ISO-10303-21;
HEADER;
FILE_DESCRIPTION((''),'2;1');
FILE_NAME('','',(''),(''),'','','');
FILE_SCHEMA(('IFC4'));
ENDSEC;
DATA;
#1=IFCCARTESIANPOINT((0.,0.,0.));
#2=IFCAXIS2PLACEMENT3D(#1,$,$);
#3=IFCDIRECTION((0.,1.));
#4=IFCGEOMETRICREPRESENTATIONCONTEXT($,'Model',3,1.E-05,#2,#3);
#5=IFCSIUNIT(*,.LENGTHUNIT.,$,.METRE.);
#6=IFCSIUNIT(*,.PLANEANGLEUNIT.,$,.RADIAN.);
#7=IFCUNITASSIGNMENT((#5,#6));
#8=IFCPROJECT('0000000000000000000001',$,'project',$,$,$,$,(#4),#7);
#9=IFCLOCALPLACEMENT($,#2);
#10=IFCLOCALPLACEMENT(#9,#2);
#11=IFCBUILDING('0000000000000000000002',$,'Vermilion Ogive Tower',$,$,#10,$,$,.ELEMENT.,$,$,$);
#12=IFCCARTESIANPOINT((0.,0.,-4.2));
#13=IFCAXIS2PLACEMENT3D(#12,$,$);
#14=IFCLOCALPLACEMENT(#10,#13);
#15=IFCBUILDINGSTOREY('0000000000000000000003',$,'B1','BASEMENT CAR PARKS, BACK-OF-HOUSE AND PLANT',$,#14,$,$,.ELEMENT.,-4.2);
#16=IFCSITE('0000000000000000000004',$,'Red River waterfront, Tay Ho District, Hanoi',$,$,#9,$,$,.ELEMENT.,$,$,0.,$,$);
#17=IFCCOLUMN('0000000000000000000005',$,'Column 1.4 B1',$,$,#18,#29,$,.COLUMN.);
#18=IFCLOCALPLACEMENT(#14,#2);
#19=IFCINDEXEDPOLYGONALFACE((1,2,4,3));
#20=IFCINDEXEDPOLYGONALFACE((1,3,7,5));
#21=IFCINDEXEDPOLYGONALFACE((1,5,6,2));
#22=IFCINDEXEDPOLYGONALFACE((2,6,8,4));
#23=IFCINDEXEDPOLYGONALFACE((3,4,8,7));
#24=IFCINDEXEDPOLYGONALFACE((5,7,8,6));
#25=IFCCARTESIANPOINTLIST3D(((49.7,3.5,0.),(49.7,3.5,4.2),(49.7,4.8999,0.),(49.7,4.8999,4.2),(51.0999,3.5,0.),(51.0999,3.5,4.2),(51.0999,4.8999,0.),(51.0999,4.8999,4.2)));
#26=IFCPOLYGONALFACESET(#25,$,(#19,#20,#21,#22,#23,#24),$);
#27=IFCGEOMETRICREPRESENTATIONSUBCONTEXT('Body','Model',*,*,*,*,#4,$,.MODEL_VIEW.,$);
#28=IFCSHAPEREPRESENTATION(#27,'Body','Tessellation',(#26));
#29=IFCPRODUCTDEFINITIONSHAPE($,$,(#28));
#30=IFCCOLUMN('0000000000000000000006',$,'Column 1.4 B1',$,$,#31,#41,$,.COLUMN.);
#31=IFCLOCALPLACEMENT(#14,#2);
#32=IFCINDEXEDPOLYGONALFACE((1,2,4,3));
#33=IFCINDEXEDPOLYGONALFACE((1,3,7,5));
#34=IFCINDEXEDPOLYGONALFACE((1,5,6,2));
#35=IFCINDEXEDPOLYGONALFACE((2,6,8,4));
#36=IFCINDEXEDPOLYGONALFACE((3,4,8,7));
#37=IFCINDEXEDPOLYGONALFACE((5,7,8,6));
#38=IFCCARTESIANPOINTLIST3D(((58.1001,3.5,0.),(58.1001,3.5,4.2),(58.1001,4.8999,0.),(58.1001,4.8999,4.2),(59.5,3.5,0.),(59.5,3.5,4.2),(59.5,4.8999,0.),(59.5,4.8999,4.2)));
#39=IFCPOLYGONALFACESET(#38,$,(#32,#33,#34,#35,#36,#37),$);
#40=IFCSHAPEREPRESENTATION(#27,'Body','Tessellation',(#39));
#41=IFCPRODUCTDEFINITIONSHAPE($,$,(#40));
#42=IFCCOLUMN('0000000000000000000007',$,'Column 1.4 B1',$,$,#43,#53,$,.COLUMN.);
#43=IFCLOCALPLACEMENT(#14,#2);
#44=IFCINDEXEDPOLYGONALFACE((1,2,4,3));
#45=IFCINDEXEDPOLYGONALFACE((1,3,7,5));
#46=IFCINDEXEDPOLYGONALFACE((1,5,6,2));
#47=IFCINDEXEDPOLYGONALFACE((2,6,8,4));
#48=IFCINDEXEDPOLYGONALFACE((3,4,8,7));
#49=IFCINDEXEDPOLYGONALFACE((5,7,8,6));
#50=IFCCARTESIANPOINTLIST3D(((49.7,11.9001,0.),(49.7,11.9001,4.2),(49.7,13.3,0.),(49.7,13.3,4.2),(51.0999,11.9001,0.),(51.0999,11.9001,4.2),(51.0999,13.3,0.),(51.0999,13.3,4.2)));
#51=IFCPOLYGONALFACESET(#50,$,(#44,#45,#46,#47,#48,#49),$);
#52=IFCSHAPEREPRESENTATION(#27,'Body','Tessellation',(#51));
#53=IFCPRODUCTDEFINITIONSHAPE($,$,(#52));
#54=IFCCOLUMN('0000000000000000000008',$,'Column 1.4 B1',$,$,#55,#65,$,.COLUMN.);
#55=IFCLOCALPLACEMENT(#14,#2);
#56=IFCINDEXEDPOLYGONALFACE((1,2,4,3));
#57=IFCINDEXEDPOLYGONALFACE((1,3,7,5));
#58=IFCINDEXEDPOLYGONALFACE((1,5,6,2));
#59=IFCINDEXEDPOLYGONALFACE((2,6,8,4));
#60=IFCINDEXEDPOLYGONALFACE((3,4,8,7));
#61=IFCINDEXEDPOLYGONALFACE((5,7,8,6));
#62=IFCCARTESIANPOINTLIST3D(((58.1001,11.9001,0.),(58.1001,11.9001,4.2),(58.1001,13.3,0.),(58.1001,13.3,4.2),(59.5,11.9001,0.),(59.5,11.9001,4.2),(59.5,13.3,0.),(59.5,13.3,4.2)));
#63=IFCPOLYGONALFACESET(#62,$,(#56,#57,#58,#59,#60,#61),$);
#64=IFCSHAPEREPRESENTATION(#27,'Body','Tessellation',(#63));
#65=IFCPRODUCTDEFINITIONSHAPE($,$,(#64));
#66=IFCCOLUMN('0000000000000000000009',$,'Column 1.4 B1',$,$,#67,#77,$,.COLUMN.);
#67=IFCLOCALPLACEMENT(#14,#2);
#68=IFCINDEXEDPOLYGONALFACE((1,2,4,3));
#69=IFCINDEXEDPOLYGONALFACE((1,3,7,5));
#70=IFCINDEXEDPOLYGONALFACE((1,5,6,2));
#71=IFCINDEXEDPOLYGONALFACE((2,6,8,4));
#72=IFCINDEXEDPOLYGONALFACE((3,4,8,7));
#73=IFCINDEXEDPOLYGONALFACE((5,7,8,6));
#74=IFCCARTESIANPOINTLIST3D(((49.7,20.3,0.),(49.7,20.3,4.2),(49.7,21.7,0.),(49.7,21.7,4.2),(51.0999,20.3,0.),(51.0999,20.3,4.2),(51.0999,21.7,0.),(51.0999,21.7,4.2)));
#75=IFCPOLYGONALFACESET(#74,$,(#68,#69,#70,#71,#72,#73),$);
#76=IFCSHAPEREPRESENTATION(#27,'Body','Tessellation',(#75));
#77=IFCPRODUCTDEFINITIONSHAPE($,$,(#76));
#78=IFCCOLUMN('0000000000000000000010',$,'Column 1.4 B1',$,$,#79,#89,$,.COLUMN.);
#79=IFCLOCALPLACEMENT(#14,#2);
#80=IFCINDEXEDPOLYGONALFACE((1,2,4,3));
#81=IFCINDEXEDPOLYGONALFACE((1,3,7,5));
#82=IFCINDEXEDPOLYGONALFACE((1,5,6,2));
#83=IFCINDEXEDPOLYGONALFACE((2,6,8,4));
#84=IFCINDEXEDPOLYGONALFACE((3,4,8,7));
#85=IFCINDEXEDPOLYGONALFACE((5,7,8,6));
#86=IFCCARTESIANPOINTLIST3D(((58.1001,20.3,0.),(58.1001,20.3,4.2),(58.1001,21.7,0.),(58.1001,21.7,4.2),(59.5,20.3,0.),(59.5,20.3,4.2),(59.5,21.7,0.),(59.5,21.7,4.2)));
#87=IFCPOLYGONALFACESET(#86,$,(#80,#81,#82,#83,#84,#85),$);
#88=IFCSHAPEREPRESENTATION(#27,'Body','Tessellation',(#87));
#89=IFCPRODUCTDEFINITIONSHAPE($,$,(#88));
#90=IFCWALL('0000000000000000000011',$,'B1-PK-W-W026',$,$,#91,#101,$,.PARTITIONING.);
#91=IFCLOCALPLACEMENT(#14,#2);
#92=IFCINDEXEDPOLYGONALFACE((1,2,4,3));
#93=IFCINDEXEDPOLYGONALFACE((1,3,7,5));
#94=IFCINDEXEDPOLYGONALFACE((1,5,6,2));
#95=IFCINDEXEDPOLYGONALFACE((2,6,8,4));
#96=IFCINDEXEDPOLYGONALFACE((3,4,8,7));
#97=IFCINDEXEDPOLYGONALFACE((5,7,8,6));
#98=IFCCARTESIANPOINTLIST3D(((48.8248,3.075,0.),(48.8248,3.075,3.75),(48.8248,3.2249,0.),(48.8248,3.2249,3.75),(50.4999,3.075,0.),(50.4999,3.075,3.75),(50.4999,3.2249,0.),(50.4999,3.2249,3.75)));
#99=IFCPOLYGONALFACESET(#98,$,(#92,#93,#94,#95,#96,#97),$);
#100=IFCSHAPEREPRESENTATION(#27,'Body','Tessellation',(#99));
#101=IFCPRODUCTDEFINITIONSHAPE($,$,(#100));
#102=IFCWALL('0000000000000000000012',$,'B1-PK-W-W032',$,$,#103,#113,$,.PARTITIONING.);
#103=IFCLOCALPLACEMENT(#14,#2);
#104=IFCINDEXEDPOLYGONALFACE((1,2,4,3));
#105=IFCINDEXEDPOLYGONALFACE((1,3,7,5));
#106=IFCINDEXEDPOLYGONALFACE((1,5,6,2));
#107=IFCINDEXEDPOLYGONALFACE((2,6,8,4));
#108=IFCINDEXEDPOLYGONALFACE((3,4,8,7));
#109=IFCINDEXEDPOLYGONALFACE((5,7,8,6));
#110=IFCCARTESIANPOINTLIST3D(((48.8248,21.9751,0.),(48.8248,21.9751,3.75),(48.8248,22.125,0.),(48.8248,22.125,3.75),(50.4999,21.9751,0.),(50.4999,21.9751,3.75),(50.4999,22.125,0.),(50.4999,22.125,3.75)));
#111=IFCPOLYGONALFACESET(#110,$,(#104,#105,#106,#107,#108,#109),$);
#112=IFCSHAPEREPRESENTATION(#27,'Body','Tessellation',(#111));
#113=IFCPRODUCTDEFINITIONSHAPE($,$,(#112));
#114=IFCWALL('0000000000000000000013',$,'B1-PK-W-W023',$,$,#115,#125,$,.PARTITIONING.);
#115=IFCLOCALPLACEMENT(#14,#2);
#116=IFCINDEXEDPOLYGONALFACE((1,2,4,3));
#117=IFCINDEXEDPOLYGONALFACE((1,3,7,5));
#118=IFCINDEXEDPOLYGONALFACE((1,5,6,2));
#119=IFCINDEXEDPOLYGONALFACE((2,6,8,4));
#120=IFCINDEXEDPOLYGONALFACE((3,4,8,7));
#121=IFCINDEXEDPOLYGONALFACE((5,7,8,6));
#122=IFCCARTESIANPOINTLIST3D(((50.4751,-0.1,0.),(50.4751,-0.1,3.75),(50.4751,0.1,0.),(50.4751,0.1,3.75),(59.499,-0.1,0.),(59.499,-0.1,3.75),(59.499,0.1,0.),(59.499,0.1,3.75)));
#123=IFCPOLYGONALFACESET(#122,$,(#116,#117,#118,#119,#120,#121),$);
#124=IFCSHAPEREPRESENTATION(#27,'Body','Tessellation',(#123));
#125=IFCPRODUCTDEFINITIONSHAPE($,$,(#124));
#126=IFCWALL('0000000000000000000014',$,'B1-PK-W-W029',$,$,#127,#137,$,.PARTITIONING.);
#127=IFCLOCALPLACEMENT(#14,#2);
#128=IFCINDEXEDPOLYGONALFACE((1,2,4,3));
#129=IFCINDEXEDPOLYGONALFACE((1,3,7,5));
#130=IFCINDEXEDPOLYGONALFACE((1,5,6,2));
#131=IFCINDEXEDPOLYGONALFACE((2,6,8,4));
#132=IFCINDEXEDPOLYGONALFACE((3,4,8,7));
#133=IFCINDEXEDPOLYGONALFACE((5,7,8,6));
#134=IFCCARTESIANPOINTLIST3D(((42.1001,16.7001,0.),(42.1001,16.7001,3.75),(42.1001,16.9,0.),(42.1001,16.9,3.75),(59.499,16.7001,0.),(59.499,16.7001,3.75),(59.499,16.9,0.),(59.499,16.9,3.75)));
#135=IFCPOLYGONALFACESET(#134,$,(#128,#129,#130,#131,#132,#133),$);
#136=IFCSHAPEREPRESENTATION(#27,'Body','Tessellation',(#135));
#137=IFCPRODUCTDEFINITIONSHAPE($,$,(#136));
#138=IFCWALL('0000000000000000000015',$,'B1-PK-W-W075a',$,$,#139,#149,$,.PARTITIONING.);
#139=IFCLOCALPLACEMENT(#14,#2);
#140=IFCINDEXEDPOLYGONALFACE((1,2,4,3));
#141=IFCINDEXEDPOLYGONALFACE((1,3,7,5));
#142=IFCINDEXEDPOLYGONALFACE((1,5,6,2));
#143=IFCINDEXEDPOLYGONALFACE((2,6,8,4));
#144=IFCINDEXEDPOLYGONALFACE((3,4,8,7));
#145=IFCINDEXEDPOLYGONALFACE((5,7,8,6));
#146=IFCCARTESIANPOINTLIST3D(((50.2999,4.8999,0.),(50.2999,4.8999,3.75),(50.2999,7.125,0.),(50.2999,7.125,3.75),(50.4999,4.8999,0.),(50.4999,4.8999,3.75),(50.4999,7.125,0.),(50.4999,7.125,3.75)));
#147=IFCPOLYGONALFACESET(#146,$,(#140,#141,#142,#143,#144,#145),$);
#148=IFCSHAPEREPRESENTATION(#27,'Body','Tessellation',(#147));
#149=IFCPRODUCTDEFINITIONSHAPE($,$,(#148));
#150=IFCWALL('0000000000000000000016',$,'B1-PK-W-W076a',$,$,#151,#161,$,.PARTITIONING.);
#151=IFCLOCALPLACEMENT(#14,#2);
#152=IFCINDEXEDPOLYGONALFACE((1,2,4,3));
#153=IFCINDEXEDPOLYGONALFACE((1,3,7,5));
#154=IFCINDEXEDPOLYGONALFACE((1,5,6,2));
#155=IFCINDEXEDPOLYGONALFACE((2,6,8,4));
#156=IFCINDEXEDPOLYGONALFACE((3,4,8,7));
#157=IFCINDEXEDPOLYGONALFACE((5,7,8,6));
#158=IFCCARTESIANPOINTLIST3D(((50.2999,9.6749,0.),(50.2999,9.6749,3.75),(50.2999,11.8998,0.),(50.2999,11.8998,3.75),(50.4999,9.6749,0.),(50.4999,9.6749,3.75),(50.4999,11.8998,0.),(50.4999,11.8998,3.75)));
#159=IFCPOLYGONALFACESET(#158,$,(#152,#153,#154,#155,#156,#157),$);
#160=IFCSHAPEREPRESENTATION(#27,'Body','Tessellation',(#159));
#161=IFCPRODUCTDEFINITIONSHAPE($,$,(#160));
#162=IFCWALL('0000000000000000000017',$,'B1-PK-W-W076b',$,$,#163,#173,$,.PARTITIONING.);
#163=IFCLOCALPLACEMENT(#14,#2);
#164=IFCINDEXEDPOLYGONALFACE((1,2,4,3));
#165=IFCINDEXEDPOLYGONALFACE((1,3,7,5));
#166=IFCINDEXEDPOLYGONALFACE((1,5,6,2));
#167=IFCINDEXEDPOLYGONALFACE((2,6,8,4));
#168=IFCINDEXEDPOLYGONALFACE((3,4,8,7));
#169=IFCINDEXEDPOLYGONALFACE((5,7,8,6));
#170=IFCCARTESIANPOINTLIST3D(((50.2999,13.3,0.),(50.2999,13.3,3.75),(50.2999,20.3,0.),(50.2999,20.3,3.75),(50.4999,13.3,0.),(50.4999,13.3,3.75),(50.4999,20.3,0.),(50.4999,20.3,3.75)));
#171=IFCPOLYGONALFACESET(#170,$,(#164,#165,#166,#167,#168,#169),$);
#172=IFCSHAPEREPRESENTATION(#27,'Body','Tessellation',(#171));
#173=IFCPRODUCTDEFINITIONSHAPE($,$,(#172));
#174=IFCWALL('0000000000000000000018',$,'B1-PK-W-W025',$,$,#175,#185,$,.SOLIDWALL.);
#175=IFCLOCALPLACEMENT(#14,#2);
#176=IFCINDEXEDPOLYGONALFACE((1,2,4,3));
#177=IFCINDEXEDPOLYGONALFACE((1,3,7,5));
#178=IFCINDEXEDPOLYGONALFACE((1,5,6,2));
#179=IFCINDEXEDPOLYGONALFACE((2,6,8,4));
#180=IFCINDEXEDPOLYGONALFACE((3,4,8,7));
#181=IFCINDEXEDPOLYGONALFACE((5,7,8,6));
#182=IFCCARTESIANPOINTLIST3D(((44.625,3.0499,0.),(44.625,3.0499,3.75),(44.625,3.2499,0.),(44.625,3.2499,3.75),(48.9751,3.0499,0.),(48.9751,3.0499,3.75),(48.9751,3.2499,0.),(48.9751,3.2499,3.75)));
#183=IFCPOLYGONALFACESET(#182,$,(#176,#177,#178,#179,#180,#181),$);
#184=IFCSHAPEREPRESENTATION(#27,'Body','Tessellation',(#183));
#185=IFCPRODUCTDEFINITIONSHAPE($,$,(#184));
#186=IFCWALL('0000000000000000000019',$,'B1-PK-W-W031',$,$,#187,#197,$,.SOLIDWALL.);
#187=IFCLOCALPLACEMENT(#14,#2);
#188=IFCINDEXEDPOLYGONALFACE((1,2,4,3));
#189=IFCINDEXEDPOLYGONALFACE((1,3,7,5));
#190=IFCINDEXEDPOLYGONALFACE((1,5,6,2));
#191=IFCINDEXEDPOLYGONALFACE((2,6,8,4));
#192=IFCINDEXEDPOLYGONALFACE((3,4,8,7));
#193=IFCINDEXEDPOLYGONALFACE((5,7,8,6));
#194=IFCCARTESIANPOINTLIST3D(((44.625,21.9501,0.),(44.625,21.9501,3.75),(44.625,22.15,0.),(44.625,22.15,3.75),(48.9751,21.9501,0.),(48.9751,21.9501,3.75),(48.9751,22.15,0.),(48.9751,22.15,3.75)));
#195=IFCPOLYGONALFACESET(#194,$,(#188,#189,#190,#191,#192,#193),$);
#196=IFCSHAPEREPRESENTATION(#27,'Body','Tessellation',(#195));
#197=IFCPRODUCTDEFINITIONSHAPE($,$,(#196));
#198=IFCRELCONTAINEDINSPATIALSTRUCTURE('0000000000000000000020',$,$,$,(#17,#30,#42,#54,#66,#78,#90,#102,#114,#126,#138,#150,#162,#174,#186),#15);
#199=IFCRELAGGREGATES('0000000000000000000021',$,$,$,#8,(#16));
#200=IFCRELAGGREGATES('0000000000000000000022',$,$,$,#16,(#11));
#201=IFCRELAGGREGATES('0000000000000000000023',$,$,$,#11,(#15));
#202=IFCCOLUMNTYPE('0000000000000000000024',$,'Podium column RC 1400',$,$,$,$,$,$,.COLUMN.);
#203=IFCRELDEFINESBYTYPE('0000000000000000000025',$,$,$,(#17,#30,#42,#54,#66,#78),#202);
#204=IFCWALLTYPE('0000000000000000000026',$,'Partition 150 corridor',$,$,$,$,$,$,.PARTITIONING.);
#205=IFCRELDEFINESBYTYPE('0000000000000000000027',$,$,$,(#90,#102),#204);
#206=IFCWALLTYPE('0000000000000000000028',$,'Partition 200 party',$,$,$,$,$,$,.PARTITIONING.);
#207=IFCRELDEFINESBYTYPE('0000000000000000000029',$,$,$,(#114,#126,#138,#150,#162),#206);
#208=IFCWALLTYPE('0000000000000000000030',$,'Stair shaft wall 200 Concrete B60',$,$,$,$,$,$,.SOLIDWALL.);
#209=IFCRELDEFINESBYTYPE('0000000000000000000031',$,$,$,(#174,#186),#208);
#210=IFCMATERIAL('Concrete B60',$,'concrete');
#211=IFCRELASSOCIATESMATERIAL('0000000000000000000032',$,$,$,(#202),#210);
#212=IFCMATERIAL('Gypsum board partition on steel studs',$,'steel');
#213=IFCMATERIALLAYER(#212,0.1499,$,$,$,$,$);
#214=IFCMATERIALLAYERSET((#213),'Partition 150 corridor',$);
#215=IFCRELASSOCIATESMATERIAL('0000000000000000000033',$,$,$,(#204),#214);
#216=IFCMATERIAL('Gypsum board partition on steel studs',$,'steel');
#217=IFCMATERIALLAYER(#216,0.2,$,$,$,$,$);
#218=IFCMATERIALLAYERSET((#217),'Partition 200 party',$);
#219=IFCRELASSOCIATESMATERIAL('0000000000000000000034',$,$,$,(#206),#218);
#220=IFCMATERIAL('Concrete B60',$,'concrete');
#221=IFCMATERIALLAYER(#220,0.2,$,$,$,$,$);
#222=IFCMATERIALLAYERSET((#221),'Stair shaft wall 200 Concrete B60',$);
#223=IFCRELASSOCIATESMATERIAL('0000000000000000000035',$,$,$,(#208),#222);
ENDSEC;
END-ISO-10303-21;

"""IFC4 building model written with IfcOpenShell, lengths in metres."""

from ifc_helpers import new_model, si_unit, direction, frame, frame_2d, origin, origin_2d, place, context, subcontext, project, spatial, rectangle, extrude, material, layer, layer_set, material_profile, profile_set, type_object, element, save


model = new_model("IFC4")

# Units and contexts
model_context = context("Model", 3, precision=1e-05, world=origin(), true_north=direction((0.0, 1.0)))
body_context = subcontext(model_context, "Body", "Model", "MODEL_VIEW")
ifc_project = project(units=[si_unit("LENGTHUNIT", "METRE"), si_unit("PLANEANGLEUNIT", "RADIAN")], contexts=[model_context])

# Site, building, storey
site_placement = place(None, origin())
site = spatial("IfcSite", under=ifc_project, at=site_placement, Name="Red River waterfront, Tay Ho District, Hanoi", CompositionType="ELEMENT", RefElevation=0.0)
building_placement = place(site_placement, origin())
building = spatial("IfcBuilding", under=site, at=building_placement, Name="Vermilion Ogive Tower", CompositionType="ELEMENT")
storey_placement = place(building_placement, frame((0.0, 0.0, -4.2)))
storey = spatial("IfcBuildingStorey", under=building, at=storey_placement, Name="B1", Description="BASEMENT CAR PARKS, BACK-OF-HOUSE AND PLANT", CompositionType="ELEMENT", Elevation=-4.2)

# Columns
ifc_material_1 = material(Name="Concrete B60", Category="concrete")
ifc_material_profile = material_profile(ifc_material_1, rectangle(XDim=1.3999, YDim=1.3999, at=origin_2d()), Name="RC 1400x1400")
ifc_profile_set = profile_set([ifc_material_profile], Name="Concrete B60")
column_type = type_object("IfcColumnType", Name="Podium column RC 1400", PredefinedType="COLUMN", material=ifc_profile_set)
for number, where, z_axis, x_axis, name in (
    (1, (50.3999, 4.2, 0.0), (0.0, 0.0, 1.0), (1.0, 0.0, 0.0), "Column 1.4 B1"),
    (2, (58.8, 4.2, 0.0), (0.0, 0.0, 1.0), (1.0, 0.0, 0.0), "Column 1.4 B1"),
    (3, (50.3999, 12.6001, 0.0), (0.0, 0.0, 1.0), (1.0, 0.0, 0.0), "Column 1.4 B1"),
    (4, (58.8, 12.6001, 0.0), (0.0, 0.0, 1.0), (1.0, 0.0, 0.0), "Column 1.4 B1"),
    (5, (50.3999, 21.0, 0.0), (0.0, 0.0, 1.0), (1.0, 0.0, 0.0), "Column 1.4 B1"),
    (6, (58.8, 21.0, 0.0), (0.0, 0.0, 1.0), (1.0, 0.0, 0.0), "Column 1.4 B1"),
):
    element("IfcColumn", number, at=place(storey_placement, frame(where, z_axis=z_axis, x_axis=x_axis)), inside=storey, type_object=column_type, Name=name, PredefinedType="COLUMN", context=body_context, shape_type="SweptSolid", body=[
        extrude(rectangle(XDim=1.3999, YDim=1.3999, at=origin_2d()), origin(), (0.0, 0.0, 1.0), 4.2),
    ])

# Walls
ifc_material_2 = material(Name="Gypsum board partition on steel studs", Category="steel")
ifc_layer_1 = layer(ifc_material_2, 0.1499)
ifc_layer_set_1 = layer_set([ifc_layer_1], Name="Partition 150 corridor")
wall_type_1 = type_object("IfcWallType", Name="Partition 150 corridor", PredefinedType="PARTITIONING", material=ifc_layer_set_1)
for number, where, z_axis, x_axis, name in (
    (7, (48.825, 3.1499, 0.0), (0.0, 0.0, 1.0), (1.0, 0.0, 0.0), "B1-PK-W-W026"),
    (8, (48.825, 22.05, 0.0), (0.0, 0.0, 1.0), (1.0, 0.0, 0.0), "B1-PK-W-W032"),
):
    element("IfcWall", number, at=place(storey_placement, frame(where, z_axis=z_axis, x_axis=x_axis)), inside=storey, type_object=wall_type_1, Name=name, PredefinedType="PARTITIONING", context=body_context, shape_type="SweptSolid", body=[
        extrude(rectangle(XDim=1.675, YDim=0.1499, at=frame_2d((0.8374, 0.0))), origin(), (0.0, 0.0, 1.0), 3.75),
    ])
ifc_material_3 = material(Name="Gypsum board partition on steel studs", Category="steel")
ifc_layer_2 = layer(ifc_material_3, 0.2)
ifc_layer_set_2 = layer_set([ifc_layer_2], Name="Partition 200 party")
wall_type_2 = type_object("IfcWallType", Name="Partition 200 party", PredefinedType="PARTITIONING", material=ifc_layer_set_2)
wall_1_placement = place(storey_placement, frame((50.4751, 0.0, 0.0), z_axis=(0.0, 0.0, 1.0), x_axis=(1.0, 0.0, 0.0)))
element("IfcWall", 9, at=wall_1_placement, inside=storey, type_object=wall_type_2, Name="B1-PK-W-W023", PredefinedType="PARTITIONING", context=body_context, shape_type="SweptSolid", body=[
    extrude(rectangle(XDim=9.0239, YDim=0.2, at=frame_2d((4.512, 0.0))), origin(), (0.0, 0.0, 1.0), 3.75),
])
wall_2_placement = place(storey_placement, frame((42.1001, 16.8, 0.0), z_axis=(0.0, 0.0, 1.0), x_axis=(1.0, 0.0, 0.0)))
element("IfcWall", 10, at=wall_2_placement, inside=storey, type_object=wall_type_2, Name="B1-PK-W-W029", PredefinedType="PARTITIONING", context=body_context, shape_type="SweptSolid", body=[
    extrude(rectangle(XDim=17.3989, YDim=0.2, at=frame_2d((8.6995, 0.0))), origin(), (0.0, 0.0, 1.0), 3.75),
])
wall_3_placement = place(storey_placement, frame((50.3999, 4.8999, 0.0), z_axis=(0.0, 0.0, 1.0), x_axis=(0.0, 1.0, 0.0)))
element("IfcWall", 11, at=wall_3_placement, inside=storey, type_object=wall_type_2, Name="B1-PK-W-W075a", PredefinedType="PARTITIONING", context=body_context, shape_type="SweptSolid", body=[
    extrude(rectangle(XDim=2.2251, YDim=0.2, at=frame_2d((1.1125, 0.0))), origin(), (0.0, 0.0, 1.0), 3.75),
])
wall_4_placement = place(storey_placement, frame((50.3999, 9.675, 0.0), z_axis=(0.0, 0.0, 1.0), x_axis=(0.0, 1.0, 0.0)))
element("IfcWall", 12, at=wall_4_placement, inside=storey, type_object=wall_type_2, Name="B1-PK-W-W076a", PredefinedType="PARTITIONING", context=body_context, shape_type="SweptSolid", body=[
    extrude(rectangle(XDim=2.2249, YDim=0.2, at=frame_2d((1.1123, 0.0))), origin(), (0.0, 0.0, 1.0), 3.75),
])
wall_5_placement = place(storey_placement, frame((50.3999, 13.3, 0.0), z_axis=(0.0, 0.0, 1.0), x_axis=(0.0, 1.0, 0.0)))
element("IfcWall", 13, at=wall_5_placement, inside=storey, type_object=wall_type_2, Name="B1-PK-W-W076b", PredefinedType="PARTITIONING", context=body_context, shape_type="SweptSolid", body=[
    extrude(rectangle(XDim=7.0, YDim=0.2, at=frame_2d((3.5, 0.0))), origin(), (0.0, 0.0, 1.0), 3.75),
])
ifc_material_4 = material(Name="Concrete B60", Category="concrete")
ifc_layer_3 = layer(ifc_material_4, 0.2)
ifc_layer_set_3 = layer_set([ifc_layer_3], Name="Stair shaft wall 200 Concrete B60")
wall_type_3 = type_object("IfcWallType", Name="Stair shaft wall 200 Concrete B60", PredefinedType="SOLIDWALL", material=ifc_layer_set_3)
for number, where, z_axis, x_axis, name in (
    (14, (44.625, 3.1499, 0.0), (0.0, 0.0, 1.0), (1.0, 0.0, 0.0), "B1-PK-W-W025"),
    (15, (44.625, 22.05, 0.0), (0.0, 0.0, 1.0), (1.0, 0.0, 0.0), "B1-PK-W-W031"),
):
    element("IfcWall", number, at=place(storey_placement, frame(where, z_axis=z_axis, x_axis=x_axis)), inside=storey, type_object=wall_type_3, Name=name, PredefinedType="SOLIDWALL", context=body_context, shape_type="SweptSolid", body=[
        extrude(rectangle(XDim=4.3501, YDim=0.2, at=frame_2d((2.175, 0.0))), origin(), (0.0, 0.0, 1.0), 3.75),
    ])

save(model, "model.ifc")
